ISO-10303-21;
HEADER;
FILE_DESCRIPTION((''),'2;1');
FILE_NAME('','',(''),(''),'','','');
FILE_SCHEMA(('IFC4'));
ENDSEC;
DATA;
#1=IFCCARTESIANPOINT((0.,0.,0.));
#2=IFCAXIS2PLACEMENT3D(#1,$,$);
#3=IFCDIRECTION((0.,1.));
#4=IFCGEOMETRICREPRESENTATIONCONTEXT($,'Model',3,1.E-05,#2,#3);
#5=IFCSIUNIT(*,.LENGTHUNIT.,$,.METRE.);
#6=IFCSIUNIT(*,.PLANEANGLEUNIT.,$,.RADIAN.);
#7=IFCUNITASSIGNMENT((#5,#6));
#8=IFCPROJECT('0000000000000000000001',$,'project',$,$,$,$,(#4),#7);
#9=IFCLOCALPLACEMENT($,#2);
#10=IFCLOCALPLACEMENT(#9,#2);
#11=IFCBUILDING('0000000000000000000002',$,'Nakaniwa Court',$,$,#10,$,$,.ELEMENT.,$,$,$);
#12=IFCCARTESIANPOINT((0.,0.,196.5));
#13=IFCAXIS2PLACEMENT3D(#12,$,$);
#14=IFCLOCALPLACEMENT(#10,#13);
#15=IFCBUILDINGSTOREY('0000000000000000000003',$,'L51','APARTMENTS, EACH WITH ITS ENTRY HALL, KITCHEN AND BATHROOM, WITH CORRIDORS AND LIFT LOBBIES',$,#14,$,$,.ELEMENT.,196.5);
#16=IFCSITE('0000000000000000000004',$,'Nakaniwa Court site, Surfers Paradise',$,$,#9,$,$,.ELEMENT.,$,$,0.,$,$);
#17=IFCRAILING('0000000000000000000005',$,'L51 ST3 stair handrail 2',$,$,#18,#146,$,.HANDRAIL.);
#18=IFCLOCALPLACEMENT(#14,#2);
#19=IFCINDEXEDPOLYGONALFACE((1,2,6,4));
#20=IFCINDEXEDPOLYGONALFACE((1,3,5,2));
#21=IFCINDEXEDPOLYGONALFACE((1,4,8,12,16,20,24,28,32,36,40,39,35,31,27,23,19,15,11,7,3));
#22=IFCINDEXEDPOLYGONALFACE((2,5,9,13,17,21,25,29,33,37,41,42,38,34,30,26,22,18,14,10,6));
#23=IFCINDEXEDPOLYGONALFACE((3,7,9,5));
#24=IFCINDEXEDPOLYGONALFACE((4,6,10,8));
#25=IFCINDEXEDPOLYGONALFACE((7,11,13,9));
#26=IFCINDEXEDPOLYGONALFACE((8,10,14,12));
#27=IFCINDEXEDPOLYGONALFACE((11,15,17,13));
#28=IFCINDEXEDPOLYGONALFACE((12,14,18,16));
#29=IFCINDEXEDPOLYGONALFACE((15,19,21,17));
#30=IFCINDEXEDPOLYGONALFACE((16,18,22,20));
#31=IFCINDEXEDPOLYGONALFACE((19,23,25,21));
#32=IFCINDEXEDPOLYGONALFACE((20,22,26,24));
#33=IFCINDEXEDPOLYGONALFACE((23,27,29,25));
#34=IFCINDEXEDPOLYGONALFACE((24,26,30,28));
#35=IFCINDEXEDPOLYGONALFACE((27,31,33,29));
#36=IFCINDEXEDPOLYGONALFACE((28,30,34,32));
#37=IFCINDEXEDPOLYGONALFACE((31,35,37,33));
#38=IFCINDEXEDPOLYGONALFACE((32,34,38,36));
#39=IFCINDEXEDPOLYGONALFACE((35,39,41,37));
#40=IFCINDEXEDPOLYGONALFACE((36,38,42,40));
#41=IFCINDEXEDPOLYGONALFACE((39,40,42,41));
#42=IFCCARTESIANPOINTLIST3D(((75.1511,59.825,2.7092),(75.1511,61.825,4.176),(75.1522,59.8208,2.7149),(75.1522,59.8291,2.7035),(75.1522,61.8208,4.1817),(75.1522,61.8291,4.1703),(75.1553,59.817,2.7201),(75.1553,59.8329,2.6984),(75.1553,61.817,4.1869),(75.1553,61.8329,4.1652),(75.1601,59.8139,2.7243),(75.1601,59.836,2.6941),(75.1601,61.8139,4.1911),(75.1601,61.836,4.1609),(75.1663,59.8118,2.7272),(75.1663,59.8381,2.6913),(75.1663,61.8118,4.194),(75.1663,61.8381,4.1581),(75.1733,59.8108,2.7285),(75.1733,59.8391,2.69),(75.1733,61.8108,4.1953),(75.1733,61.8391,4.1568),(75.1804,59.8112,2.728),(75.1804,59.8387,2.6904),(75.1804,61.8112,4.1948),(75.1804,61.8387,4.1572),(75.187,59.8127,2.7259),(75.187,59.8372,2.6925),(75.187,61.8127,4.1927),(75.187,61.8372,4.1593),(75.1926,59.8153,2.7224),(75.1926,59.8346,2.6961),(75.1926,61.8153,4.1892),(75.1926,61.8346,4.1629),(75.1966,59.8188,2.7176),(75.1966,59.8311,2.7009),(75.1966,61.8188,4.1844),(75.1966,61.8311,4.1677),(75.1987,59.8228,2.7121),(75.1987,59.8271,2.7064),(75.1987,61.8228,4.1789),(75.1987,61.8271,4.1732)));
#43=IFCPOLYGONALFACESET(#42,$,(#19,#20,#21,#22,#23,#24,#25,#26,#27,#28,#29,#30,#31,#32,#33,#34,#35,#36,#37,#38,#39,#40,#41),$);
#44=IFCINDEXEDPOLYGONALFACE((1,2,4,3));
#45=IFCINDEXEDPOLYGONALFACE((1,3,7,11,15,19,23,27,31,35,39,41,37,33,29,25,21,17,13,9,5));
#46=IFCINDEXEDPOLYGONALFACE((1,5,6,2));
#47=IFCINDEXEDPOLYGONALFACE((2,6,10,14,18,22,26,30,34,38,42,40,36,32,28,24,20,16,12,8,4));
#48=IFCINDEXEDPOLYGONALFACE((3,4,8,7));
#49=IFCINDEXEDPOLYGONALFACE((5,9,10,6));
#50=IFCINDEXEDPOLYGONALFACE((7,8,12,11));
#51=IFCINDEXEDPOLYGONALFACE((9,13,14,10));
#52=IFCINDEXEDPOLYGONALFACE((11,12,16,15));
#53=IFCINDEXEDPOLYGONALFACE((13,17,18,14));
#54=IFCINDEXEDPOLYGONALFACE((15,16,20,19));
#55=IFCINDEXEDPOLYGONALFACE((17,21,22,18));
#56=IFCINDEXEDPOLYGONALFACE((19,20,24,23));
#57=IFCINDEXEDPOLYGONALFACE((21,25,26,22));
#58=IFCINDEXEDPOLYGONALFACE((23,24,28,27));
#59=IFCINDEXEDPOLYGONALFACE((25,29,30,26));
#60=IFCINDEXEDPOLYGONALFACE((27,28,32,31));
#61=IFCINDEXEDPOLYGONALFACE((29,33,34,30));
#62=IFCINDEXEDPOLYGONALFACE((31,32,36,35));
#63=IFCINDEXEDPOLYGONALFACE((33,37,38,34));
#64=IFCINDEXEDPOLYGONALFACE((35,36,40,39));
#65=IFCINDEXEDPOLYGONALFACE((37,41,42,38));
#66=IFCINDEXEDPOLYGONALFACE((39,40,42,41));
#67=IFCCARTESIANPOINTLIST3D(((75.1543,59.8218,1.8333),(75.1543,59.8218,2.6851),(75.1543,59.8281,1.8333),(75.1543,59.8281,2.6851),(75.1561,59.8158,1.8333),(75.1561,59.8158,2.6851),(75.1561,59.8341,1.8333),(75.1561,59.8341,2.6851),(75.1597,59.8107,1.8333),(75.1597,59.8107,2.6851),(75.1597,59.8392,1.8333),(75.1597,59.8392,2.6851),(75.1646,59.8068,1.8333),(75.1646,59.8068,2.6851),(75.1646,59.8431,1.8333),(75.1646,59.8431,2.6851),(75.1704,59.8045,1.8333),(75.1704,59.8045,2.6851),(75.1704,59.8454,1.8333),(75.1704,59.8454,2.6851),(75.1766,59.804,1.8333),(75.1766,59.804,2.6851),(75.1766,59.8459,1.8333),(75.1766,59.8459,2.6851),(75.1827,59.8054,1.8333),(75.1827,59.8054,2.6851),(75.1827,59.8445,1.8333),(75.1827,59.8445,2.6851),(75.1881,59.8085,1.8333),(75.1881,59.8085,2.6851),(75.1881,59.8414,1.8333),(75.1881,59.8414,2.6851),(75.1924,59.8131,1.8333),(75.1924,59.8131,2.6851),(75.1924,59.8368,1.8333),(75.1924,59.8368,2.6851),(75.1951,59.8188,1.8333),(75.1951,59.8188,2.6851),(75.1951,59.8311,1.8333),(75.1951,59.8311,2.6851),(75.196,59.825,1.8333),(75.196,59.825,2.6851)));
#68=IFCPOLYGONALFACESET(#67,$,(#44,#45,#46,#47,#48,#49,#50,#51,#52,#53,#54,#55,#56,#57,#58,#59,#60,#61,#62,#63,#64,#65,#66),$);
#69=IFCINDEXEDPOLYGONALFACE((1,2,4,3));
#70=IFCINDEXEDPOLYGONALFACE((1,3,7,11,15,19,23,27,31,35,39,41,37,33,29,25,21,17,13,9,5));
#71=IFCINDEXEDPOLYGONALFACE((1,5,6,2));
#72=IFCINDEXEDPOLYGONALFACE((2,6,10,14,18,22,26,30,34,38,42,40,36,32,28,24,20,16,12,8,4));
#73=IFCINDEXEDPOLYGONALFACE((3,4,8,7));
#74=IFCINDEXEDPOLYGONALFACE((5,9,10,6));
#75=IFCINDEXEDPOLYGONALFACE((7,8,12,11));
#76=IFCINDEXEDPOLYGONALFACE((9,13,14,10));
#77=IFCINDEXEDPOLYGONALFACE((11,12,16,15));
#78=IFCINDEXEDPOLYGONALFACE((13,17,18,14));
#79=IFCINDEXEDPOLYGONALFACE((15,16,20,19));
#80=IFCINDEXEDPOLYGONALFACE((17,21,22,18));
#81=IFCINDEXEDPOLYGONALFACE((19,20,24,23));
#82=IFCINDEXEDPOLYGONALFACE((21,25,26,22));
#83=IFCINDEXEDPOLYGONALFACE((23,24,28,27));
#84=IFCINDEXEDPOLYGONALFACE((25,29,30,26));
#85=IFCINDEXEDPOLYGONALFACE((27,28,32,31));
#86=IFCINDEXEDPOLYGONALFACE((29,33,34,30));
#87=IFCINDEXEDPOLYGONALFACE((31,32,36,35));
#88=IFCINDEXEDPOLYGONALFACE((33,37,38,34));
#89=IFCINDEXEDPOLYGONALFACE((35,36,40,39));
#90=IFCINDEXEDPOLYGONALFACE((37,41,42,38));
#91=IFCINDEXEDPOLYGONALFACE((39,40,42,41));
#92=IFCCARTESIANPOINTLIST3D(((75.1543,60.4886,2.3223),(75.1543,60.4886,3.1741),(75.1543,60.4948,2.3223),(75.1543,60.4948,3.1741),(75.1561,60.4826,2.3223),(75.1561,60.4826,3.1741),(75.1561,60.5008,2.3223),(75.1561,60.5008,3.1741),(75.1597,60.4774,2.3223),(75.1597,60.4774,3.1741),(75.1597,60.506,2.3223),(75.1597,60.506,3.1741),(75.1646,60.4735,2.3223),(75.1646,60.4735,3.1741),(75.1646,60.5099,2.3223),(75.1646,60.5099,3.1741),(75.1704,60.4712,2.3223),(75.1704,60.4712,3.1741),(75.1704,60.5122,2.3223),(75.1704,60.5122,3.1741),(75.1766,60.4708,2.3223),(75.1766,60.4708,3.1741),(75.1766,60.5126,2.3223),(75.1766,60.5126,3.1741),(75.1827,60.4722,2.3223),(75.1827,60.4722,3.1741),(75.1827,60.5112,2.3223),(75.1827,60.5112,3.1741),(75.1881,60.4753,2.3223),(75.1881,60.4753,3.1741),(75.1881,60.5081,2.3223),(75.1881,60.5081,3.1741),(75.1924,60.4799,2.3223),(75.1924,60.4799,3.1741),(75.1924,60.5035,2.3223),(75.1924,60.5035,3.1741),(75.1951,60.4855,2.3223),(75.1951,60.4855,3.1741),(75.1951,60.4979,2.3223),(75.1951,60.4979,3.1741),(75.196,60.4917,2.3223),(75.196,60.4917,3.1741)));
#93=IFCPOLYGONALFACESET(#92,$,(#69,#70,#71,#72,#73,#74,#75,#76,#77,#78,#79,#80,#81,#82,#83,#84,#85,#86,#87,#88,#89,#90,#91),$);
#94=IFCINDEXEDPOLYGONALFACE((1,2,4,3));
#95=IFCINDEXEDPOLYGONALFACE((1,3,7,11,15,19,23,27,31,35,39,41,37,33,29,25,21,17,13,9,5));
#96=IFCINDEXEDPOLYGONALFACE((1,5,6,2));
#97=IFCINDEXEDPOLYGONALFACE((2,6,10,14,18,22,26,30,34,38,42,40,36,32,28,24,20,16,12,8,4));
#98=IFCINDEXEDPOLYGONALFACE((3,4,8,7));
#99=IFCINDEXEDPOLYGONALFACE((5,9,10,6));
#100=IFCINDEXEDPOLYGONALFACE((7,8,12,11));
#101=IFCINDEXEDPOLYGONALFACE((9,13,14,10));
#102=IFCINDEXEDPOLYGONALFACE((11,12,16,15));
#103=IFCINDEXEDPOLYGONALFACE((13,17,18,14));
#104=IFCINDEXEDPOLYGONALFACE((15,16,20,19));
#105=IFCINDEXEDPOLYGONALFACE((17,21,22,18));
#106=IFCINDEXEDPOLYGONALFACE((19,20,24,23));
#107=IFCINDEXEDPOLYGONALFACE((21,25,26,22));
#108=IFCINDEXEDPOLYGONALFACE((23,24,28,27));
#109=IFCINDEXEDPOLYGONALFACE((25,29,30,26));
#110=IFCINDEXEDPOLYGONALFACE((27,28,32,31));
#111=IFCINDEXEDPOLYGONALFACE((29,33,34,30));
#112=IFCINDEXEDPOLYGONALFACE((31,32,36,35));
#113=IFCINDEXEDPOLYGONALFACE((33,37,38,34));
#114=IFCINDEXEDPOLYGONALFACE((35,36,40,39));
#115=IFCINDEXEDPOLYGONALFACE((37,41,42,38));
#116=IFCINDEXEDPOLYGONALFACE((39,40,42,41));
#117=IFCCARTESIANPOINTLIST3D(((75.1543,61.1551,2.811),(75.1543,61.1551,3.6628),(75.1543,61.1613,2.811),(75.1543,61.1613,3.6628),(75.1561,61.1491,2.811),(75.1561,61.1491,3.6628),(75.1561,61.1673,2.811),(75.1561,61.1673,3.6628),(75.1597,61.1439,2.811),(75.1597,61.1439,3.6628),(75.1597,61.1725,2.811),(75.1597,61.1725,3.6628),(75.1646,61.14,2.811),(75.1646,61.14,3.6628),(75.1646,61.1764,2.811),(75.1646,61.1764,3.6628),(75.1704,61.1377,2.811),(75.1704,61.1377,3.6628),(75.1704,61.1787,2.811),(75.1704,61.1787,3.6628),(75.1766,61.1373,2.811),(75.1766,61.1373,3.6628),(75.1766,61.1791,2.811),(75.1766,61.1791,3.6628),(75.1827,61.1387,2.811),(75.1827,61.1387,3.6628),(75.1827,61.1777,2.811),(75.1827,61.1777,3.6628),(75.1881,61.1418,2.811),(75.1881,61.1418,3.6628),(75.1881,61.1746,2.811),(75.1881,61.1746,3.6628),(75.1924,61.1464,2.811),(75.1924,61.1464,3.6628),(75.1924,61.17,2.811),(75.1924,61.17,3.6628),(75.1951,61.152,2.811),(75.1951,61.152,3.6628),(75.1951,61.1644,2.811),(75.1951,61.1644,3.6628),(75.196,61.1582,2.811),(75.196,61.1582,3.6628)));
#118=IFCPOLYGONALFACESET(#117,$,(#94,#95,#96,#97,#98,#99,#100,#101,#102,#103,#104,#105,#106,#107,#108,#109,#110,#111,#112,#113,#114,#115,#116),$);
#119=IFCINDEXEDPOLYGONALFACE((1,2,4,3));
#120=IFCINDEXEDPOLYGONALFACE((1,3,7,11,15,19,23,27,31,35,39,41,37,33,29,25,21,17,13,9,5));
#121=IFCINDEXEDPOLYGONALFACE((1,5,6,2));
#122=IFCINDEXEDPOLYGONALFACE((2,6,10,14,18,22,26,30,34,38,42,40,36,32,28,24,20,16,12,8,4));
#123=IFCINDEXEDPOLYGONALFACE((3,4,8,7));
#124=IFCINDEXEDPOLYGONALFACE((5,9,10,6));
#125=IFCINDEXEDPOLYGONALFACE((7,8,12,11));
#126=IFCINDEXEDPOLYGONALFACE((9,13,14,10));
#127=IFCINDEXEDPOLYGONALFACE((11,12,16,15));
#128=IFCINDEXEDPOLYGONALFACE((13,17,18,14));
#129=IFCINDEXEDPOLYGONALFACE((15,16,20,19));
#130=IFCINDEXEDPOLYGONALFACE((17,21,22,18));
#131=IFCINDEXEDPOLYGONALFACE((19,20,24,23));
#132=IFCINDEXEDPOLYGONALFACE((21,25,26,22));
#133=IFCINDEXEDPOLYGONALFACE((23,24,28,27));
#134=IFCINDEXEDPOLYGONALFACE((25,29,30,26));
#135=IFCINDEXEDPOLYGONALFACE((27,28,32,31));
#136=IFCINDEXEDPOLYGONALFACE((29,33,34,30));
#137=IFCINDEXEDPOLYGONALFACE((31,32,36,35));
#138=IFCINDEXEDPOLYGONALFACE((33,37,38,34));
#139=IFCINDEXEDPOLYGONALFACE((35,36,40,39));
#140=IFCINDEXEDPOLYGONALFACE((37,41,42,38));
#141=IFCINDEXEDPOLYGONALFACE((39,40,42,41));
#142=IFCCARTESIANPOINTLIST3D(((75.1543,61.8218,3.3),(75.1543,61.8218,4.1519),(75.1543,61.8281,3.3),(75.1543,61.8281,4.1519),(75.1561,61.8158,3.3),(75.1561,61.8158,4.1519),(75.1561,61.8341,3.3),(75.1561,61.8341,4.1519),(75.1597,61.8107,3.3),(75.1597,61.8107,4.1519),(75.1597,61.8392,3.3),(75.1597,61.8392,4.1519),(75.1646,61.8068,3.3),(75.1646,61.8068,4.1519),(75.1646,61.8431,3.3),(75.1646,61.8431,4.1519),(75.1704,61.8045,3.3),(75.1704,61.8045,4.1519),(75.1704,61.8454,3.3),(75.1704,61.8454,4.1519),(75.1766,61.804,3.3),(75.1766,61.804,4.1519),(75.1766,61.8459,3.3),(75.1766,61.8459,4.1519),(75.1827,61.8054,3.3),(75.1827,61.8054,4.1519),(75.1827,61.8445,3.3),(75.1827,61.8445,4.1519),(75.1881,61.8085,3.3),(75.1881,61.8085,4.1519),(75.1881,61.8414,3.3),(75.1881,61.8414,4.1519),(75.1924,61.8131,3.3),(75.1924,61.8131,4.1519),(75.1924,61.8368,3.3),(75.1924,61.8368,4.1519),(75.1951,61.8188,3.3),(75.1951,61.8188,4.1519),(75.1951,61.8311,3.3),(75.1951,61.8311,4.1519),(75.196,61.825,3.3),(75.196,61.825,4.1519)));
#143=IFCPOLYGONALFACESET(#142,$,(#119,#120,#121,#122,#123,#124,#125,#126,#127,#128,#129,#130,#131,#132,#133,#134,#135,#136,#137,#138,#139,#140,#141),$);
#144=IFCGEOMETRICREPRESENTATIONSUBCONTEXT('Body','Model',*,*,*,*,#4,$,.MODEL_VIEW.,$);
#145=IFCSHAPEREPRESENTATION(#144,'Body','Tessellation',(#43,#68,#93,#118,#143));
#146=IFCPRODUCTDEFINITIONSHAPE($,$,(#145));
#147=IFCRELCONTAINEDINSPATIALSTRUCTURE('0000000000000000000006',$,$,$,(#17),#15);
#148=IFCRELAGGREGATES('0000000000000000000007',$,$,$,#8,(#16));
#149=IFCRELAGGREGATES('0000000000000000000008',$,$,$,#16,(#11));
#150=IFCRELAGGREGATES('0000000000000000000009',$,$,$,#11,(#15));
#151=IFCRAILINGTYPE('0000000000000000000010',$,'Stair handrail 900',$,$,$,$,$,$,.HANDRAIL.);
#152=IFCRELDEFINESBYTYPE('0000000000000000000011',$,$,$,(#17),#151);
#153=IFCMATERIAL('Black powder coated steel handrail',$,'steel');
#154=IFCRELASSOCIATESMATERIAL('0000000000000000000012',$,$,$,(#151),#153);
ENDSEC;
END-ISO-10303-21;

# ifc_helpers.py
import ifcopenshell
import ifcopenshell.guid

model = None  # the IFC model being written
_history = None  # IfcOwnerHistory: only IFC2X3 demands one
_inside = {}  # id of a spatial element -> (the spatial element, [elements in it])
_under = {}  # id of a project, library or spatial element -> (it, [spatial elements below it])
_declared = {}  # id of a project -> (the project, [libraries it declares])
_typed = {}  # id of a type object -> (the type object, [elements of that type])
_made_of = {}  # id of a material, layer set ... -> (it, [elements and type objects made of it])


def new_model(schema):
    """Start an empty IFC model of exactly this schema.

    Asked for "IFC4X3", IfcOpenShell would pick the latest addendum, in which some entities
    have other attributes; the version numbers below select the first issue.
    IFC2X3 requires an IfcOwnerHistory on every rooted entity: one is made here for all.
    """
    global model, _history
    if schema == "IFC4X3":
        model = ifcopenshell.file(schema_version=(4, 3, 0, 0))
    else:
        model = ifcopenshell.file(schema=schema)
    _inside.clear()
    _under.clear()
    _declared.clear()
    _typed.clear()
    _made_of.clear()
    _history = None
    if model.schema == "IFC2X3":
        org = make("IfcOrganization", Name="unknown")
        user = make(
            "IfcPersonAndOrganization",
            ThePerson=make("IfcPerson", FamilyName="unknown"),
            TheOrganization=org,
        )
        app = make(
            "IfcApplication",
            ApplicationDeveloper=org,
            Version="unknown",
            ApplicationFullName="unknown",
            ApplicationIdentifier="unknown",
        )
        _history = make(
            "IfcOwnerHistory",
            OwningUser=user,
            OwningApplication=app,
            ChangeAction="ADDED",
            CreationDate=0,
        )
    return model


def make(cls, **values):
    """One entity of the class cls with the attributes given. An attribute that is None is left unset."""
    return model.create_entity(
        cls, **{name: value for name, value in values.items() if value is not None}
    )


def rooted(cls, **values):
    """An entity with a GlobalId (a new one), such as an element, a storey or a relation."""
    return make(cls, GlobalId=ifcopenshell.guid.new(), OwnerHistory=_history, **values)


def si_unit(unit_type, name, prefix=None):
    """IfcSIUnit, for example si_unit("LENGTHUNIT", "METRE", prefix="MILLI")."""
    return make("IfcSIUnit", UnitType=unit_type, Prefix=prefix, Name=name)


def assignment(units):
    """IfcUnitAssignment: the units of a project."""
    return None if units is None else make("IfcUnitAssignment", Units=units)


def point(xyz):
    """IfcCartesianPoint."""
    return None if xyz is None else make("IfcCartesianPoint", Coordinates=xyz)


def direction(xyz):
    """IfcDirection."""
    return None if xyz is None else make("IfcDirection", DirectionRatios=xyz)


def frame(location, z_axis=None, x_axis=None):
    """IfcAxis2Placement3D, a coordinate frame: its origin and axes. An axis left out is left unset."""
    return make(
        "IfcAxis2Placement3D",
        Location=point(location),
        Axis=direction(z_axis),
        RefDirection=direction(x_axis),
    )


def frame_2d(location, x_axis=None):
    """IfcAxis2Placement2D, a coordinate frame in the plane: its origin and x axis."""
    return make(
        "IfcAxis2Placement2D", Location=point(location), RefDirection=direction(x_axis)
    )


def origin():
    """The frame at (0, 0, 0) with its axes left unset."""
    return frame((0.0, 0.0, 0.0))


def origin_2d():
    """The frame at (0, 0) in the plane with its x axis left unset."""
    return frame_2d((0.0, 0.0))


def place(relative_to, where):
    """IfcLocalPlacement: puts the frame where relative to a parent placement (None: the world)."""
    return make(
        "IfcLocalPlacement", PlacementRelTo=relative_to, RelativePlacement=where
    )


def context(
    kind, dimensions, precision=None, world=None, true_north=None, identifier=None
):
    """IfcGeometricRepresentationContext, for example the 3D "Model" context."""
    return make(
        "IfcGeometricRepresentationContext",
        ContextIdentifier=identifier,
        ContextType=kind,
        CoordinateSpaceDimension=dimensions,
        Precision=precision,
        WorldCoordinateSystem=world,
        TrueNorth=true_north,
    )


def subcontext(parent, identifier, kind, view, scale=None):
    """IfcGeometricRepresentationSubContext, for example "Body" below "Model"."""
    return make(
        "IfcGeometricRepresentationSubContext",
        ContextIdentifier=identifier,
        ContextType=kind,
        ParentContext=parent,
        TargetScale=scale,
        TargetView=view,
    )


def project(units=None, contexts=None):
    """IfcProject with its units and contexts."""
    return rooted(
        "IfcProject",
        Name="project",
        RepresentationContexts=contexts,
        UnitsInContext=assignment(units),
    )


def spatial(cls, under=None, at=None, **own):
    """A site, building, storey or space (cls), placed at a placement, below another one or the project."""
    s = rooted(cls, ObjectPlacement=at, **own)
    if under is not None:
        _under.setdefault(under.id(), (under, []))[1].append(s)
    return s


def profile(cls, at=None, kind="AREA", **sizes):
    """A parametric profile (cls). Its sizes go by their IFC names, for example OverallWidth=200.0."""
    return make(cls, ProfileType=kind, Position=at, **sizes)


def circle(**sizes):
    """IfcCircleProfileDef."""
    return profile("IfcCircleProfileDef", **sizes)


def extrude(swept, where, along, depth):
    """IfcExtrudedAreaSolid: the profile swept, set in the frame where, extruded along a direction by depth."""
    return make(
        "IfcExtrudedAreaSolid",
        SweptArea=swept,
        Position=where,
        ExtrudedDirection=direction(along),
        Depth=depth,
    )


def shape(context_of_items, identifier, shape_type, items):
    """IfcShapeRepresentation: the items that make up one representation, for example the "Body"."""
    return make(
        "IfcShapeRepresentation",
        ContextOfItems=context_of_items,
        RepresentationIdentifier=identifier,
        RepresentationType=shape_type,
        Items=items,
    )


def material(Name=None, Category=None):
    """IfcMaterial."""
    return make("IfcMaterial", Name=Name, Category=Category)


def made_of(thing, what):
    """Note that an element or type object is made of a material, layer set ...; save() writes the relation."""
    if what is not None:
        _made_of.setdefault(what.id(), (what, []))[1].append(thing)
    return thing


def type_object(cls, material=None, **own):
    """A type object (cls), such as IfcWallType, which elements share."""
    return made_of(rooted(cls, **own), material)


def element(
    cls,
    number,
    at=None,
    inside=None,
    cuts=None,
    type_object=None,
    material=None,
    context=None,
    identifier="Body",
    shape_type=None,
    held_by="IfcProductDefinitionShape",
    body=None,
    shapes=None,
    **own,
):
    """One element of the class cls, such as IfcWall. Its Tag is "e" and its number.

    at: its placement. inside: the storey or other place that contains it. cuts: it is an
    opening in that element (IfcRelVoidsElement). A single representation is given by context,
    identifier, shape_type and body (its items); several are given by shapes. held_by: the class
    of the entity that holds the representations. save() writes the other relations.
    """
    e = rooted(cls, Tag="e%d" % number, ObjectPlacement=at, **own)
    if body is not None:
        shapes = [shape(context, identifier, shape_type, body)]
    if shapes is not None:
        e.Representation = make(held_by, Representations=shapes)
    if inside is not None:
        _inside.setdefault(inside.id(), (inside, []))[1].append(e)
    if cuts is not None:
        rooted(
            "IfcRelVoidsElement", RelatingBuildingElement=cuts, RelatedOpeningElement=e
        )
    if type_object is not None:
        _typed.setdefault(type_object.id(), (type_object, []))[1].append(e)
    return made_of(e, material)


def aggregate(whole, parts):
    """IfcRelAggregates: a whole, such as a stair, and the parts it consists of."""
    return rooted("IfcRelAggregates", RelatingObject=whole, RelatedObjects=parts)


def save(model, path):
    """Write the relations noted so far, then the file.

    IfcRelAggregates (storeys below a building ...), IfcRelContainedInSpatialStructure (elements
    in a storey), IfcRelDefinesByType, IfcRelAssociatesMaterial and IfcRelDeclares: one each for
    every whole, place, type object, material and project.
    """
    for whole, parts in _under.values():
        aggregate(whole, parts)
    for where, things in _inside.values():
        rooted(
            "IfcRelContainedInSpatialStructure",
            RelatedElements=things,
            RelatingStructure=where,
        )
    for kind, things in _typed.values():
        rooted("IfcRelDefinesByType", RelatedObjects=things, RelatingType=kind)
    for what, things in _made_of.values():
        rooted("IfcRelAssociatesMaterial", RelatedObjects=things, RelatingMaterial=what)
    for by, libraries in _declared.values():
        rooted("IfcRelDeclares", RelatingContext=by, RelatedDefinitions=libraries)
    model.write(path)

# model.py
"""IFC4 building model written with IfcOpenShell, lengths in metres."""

from ifc_helpers import new_model, si_unit, direction, frame, origin, origin_2d, place, context, subcontext, project, spatial, circle, extrude, material, type_object, element, save


model = new_model("IFC4")

# Units and contexts
model_context = context("Model", 3, precision=1e-05, world=origin(), true_north=direction((0.0, 1.0)))
body_context = subcontext(model_context, "Body", "Model", "MODEL_VIEW")
ifc_project = project(units=[si_unit("LENGTHUNIT", "METRE"), si_unit("PLANEANGLEUNIT", "RADIAN")], contexts=[model_context])

# Site, building, storey
site_placement = place(None, origin())
site = spatial("IfcSite", under=ifc_project, at=site_placement, Name="Nakaniwa Court site, Surfers Paradise", CompositionType="ELEMENT", RefElevation=0.0)
building_placement = place(site_placement, origin())
building = spatial("IfcBuilding", under=site, at=building_placement, Name="Nakaniwa Court", CompositionType="ELEMENT")
storey_placement = place(building_placement, frame((0.0, 0.0, 196.5)))
storey = spatial("IfcBuildingStorey", under=building, at=storey_placement, Name="L51", Description="APARTMENTS, EACH WITH ITS ENTRY HALL, KITCHEN AND BATHROOM, WITH CORRIDORS AND LIFT LOBBIES", CompositionType="ELEMENT", Elevation=196.5)

# Railing
ifc_material_1 = material(Name="Black powder coated steel handrail", Category="steel")
railing_type_1 = type_object("IfcRailingType", Name="Stair handrail 900", PredefinedType="HANDRAIL", material=ifc_material_1)
railing_1_placement = place(storey_placement, frame((75.175, 59.825, 1.8333)))
element("IfcRailing", 1, at=railing_1_placement, inside=storey, type_object=railing_type_1, Name="L51 ST3 stair handrail 2", PredefinedType="HANDRAIL", context=body_context, shape_type="SweptSolid", body=[
    extrude(circle(Radius=0.0239, at=origin_2d()), frame((0.0, 0.0, 0.876), z_axis=(0.0, 0.80638, 0.591398), x_axis=(-1.0, 0.0, 0.0)), (0.0, 0.0, 1.0), 2.4802),
    extrude(circle(Radius=0.021, at=origin_2d()), origin(), (0.0, 0.0, 1.0), 0.8518),
    extrude(circle(Radius=0.021, at=origin_2d()), frame((0.0, 0.6667, 0.489)), (0.0, 0.0, 1.0), 0.8518),
    extrude(circle(Radius=0.021, at=origin_2d()), frame((0.0, 1.3333, 0.9778)), (0.0, 0.0, 1.0), 0.8518),
    extrude(circle(Radius=0.021, at=origin_2d()), frame((0.0, 2.0, 1.4668)), (0.0, 0.0, 1.0), 0.8518),
])

save(model, "model.ifc")
